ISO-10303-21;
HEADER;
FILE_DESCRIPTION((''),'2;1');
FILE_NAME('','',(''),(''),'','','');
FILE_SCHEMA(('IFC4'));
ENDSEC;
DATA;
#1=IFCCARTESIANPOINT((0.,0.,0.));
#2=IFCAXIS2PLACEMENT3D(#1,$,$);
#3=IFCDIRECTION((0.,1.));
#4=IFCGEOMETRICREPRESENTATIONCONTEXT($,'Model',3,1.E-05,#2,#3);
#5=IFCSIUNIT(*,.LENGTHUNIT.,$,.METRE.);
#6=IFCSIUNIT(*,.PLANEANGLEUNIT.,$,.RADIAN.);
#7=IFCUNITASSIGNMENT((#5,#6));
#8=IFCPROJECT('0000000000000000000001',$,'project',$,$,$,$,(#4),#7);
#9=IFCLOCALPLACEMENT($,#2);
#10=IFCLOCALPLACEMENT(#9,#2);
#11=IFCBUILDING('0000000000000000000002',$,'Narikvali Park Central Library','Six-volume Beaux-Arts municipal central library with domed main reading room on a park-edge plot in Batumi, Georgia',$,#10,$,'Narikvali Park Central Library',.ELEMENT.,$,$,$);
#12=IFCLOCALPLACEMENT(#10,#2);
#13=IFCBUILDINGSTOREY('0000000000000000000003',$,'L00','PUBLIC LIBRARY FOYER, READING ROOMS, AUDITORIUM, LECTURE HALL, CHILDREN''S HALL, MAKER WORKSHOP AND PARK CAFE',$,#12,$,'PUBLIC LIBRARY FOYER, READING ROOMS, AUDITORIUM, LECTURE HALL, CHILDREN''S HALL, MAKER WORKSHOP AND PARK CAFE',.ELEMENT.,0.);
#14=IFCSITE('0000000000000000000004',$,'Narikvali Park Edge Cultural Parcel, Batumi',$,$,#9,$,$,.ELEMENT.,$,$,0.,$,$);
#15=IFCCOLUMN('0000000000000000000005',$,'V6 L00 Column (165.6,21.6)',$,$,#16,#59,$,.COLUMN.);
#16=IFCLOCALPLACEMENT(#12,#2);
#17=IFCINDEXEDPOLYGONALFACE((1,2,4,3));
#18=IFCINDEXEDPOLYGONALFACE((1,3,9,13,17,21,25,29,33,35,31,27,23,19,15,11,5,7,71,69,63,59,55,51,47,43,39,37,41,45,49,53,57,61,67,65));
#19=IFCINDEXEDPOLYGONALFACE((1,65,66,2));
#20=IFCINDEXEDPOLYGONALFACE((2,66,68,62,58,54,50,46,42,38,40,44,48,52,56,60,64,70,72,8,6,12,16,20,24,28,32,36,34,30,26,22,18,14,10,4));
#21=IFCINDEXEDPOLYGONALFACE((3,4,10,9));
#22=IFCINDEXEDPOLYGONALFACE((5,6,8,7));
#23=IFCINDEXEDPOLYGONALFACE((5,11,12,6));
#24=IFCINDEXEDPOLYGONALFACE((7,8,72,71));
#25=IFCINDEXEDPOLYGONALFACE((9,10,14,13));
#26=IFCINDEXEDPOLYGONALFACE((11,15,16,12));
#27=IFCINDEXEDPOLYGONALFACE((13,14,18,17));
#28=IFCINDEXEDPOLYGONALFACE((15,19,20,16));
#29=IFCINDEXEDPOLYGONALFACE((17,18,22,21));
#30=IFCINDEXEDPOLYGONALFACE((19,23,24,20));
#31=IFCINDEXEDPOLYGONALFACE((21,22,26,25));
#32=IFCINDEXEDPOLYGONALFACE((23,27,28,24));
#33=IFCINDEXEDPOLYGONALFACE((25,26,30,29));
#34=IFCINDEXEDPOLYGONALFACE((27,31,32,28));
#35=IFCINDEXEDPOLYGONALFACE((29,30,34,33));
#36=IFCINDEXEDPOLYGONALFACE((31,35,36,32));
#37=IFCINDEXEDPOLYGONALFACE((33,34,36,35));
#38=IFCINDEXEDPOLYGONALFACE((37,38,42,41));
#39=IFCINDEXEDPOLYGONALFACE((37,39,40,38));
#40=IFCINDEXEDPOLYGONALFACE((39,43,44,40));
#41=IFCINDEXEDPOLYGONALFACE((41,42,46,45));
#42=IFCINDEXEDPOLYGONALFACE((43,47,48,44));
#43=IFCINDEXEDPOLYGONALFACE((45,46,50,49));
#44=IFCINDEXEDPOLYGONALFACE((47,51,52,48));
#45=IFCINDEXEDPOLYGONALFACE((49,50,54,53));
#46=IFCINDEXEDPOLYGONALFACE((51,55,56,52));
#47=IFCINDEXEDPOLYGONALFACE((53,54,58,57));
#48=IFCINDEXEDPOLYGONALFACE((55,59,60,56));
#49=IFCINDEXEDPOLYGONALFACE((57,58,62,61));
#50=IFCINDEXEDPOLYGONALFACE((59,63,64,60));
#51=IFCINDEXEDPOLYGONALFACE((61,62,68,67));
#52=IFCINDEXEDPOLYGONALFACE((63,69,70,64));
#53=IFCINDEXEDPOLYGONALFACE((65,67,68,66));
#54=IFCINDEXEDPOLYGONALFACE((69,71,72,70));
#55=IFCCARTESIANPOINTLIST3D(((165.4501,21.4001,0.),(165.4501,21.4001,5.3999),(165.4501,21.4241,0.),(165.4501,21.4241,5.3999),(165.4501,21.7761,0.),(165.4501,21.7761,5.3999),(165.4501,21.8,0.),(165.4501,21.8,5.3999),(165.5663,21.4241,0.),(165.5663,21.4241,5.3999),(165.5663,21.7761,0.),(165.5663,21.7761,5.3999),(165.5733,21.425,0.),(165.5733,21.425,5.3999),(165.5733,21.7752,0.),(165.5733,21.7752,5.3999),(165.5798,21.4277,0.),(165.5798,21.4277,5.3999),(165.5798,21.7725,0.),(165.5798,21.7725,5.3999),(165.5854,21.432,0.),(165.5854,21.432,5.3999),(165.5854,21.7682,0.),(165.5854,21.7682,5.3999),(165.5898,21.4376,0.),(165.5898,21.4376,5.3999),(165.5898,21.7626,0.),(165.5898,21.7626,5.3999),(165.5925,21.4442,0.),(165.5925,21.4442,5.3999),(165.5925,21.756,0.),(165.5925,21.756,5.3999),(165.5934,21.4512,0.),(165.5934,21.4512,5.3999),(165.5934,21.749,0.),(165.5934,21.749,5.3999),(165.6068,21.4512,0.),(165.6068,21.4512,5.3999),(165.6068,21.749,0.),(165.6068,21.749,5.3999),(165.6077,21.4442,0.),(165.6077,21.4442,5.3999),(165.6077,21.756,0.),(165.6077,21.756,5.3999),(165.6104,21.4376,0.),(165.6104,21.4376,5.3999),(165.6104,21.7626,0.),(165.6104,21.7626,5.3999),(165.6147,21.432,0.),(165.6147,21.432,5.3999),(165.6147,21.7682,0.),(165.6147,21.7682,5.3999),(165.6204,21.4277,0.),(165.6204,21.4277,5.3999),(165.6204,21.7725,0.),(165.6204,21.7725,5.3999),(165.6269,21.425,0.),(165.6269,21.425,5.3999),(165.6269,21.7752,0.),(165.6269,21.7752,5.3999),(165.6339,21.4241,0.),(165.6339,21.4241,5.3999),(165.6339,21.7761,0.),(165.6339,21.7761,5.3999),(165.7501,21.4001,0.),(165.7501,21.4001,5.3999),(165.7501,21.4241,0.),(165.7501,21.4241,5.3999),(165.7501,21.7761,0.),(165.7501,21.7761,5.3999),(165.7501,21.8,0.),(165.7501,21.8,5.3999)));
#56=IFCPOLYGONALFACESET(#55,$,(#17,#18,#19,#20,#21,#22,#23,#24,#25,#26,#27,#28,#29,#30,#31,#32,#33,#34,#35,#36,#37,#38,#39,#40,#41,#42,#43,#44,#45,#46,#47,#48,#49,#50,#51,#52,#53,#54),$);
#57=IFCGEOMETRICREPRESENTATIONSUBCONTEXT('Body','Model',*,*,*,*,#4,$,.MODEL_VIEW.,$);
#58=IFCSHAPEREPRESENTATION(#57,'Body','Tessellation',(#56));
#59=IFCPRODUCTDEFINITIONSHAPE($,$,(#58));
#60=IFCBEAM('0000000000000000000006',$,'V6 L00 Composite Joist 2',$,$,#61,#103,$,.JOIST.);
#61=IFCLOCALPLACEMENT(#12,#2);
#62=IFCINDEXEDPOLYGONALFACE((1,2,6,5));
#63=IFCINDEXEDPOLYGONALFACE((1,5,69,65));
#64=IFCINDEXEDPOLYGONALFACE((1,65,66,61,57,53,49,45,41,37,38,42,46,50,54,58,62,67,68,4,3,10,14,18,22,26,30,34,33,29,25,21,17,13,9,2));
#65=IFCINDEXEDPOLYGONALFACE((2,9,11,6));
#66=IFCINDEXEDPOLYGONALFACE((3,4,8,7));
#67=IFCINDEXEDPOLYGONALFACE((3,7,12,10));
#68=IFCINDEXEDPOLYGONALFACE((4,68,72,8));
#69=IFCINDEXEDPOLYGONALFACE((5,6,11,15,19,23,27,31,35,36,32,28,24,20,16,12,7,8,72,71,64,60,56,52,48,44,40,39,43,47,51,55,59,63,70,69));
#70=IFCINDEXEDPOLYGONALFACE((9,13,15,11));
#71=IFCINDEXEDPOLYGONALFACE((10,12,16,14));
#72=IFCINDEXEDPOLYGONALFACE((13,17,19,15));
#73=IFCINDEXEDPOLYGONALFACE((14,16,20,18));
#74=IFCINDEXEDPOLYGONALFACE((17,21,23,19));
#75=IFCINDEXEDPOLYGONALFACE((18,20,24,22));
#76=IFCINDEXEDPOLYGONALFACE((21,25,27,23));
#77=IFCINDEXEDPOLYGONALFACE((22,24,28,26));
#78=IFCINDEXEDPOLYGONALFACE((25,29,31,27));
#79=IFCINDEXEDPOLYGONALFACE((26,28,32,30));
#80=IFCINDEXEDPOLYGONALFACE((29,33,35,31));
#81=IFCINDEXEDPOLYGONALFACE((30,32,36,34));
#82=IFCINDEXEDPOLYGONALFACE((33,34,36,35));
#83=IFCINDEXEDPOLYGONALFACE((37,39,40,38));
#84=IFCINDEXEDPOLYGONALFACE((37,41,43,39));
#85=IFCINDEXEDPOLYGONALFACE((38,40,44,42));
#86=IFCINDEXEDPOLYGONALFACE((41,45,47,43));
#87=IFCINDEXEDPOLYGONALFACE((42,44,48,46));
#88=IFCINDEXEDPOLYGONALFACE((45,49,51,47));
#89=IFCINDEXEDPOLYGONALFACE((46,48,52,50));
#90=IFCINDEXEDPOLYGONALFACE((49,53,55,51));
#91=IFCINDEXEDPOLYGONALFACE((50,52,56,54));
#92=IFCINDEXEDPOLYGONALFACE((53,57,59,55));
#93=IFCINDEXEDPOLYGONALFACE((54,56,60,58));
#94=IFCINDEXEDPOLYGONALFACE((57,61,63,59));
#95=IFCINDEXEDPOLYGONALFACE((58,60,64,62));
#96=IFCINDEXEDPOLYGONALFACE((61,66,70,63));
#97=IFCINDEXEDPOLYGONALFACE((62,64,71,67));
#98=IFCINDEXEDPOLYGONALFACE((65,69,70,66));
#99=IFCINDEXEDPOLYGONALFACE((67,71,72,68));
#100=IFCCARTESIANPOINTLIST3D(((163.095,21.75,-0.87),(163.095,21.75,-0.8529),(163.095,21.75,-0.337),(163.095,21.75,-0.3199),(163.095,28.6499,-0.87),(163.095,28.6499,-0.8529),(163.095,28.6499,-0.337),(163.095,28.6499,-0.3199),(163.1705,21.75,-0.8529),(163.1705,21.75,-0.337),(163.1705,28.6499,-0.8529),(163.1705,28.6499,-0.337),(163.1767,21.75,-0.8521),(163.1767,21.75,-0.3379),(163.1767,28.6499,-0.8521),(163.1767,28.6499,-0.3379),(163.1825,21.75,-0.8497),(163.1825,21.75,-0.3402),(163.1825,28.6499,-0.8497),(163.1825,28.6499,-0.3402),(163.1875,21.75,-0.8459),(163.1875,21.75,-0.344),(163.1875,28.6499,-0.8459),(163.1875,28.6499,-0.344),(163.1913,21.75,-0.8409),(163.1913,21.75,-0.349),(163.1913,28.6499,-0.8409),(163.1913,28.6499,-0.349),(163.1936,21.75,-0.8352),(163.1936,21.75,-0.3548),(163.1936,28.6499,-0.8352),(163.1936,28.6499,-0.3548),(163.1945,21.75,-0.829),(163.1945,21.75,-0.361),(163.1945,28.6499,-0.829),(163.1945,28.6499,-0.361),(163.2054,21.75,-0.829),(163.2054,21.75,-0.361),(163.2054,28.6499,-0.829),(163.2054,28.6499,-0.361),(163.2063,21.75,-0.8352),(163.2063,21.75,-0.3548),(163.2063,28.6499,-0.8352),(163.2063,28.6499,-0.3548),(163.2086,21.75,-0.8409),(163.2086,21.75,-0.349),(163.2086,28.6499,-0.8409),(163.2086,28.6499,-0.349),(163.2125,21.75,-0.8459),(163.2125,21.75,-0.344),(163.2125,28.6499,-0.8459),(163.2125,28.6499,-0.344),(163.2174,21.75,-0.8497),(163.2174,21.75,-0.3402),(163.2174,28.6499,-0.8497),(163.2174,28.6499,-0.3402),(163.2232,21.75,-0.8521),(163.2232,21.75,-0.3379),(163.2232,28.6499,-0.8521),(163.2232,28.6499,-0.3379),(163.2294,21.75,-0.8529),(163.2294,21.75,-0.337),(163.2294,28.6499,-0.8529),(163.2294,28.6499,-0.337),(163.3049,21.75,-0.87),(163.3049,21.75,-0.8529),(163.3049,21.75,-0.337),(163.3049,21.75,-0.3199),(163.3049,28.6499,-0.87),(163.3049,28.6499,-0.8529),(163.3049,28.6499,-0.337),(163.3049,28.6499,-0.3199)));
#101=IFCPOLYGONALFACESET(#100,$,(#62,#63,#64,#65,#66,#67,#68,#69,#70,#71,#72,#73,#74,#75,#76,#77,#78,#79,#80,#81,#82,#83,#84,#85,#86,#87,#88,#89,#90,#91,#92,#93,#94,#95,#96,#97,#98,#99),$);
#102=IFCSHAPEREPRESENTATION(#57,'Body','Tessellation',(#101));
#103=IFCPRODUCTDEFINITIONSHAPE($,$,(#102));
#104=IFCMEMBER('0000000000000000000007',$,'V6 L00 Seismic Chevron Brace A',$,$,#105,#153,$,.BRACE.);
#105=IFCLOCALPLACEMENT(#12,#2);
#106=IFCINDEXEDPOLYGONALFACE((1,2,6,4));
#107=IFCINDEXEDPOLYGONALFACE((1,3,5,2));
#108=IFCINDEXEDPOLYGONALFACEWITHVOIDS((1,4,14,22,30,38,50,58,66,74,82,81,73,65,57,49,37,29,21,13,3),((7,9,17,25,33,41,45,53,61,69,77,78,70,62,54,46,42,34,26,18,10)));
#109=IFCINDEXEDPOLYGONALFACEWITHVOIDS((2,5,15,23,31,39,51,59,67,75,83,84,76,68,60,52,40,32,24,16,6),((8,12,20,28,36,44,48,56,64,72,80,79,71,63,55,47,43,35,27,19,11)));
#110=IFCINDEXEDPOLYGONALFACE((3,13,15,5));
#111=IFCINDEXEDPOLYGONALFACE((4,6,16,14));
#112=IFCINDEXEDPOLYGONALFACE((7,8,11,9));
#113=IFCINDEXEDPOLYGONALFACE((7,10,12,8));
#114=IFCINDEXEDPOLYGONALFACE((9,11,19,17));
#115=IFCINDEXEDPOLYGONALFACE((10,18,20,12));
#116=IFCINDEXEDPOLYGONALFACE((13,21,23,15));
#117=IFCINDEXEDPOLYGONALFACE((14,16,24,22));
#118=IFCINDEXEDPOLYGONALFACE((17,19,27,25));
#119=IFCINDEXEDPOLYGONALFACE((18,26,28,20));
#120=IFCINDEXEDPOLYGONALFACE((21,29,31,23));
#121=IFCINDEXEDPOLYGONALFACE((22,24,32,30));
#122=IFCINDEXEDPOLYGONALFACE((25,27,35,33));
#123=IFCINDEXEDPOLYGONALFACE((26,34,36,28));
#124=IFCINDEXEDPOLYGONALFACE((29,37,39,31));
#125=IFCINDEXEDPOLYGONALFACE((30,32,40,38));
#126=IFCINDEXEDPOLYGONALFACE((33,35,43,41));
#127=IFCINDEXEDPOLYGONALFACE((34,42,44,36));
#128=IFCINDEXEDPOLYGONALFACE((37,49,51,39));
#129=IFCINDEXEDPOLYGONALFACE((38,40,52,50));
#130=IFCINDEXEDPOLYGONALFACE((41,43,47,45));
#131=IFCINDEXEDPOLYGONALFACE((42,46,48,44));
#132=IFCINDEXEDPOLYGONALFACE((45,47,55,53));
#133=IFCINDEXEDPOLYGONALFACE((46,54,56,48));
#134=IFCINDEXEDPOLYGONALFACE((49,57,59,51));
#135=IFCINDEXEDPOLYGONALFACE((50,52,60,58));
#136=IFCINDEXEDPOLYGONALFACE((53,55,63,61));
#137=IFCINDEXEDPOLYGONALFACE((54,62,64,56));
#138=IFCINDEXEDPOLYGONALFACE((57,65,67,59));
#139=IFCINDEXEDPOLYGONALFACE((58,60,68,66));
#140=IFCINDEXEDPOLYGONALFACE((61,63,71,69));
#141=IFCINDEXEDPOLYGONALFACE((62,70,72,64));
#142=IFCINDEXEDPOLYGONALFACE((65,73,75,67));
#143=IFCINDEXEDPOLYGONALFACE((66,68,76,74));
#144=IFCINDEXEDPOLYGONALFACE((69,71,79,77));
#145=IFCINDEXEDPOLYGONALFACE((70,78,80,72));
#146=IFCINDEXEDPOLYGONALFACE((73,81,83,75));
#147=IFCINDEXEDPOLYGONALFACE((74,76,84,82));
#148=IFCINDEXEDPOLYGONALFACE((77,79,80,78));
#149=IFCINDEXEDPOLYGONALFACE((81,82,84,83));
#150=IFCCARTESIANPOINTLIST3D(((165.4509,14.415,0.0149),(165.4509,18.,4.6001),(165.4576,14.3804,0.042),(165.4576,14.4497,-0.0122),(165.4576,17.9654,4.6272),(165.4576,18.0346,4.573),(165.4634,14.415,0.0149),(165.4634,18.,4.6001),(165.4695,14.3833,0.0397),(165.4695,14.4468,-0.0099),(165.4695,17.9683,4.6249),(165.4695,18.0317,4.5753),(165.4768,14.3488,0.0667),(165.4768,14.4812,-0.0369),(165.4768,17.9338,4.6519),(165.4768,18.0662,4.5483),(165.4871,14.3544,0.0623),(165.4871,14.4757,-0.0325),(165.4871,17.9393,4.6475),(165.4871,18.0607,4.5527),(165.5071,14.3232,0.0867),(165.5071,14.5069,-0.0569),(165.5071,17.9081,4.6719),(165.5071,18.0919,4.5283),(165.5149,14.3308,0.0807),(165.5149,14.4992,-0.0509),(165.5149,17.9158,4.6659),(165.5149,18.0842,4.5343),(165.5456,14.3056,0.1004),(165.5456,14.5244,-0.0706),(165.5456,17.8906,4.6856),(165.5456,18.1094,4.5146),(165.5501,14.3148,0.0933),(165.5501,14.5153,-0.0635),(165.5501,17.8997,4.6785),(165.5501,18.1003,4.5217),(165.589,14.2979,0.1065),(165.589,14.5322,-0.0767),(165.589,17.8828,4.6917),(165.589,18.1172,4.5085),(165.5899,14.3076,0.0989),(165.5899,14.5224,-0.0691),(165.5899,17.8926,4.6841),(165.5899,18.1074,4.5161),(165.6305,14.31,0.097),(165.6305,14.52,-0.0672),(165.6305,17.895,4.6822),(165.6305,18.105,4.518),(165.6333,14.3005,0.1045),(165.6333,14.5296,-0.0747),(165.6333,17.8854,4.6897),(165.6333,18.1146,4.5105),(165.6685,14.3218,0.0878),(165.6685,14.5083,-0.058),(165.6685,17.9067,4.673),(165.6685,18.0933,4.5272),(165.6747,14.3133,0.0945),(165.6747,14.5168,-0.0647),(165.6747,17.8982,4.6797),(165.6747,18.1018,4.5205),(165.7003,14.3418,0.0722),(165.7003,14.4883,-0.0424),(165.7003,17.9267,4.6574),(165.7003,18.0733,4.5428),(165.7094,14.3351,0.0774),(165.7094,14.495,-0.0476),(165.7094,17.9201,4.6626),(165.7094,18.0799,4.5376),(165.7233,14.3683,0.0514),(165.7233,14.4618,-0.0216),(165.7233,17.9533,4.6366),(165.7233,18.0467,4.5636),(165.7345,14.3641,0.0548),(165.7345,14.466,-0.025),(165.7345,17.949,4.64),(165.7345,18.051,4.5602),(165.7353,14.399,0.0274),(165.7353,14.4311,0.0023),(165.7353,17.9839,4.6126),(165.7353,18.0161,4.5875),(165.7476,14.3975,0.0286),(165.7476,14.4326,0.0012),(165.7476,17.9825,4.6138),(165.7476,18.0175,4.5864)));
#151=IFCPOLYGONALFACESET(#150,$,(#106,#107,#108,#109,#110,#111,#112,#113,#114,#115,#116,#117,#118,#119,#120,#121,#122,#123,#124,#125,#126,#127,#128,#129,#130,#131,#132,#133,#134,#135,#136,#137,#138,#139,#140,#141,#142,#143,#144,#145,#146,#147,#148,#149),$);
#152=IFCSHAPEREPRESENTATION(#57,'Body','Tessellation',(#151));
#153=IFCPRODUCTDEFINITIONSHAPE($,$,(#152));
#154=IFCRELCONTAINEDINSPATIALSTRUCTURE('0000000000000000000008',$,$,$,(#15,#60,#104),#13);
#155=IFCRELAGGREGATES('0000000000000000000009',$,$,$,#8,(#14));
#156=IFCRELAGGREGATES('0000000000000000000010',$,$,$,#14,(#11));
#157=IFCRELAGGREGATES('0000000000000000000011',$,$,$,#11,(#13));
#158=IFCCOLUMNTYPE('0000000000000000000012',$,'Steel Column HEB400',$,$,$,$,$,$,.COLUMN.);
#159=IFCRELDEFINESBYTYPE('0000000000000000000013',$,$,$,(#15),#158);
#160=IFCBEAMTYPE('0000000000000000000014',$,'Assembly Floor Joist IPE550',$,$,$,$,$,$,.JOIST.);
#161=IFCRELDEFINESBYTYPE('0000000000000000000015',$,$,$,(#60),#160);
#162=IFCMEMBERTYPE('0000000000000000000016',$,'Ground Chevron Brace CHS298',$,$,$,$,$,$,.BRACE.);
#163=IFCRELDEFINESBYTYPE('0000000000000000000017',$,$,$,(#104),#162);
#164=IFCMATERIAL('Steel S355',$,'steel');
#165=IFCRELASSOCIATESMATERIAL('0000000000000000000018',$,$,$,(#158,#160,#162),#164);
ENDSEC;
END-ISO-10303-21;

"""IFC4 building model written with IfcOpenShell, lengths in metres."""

from ifc_helpers import new_model, si_unit, direction, frame, origin, origin_2d, place, context, subcontext, project, spatial, hollow_circle, i_section, extrude, material, material_profile, profile_set, type_object, element, save


model = new_model("IFC4")

# Units and contexts
model_context = context("Model", 3, precision=1e-05, world=origin(), true_north=direction((0.0, 1.0)))
body_context = subcontext(model_context, "Body", "Model", "MODEL_VIEW")
ifc_project = project(units=[si_unit("LENGTHUNIT", "METRE"), si_unit("PLANEANGLEUNIT", "RADIAN")], contexts=[model_context])

# Site, building, storey
site_placement = place(None, origin())
site = spatial("IfcSite", under=ifc_project, at=site_placement, Name="Narikvali Park Edge Cultural Parcel, Batumi", CompositionType="ELEMENT", RefElevation=0.0)
building_placement = place(site_placement, origin())
building = spatial("IfcBuilding", under=site, at=building_placement, Name="Narikvali Park Central Library", Description="Six-volume Beaux-Arts municipal central library with domed main reading room on a park-edge plot in Batumi, Georgia", LongName="Narikvali Park Central Library", CompositionType="ELEMENT")
storey_placement = place(building_placement, origin())
storey = spatial("IfcBuildingStorey", under=building, at=storey_placement, Name="L00", Description="PUBLIC LIBRARY FOYER, READING ROOMS, AUDITORIUM, LECTURE HALL, CHILDREN'S HALL, MAKER WORKSHOP AND PARK CAFE", LongName="PUBLIC LIBRARY FOYER, READING ROOMS, AUDITORIUM, LECTURE HALL, CHILDREN'S HALL, MAKER WORKSHOP AND PARK CAFE", CompositionType="ELEMENT", Elevation=0.0)

# Column
ifc_material_1 = material(Name="Steel S355", Category="steel")
ifc_material_profile_1 = material_profile(ifc_material_1, i_section(OverallWidth=0.3, OverallDepth=0.3999, WebThickness=0.0134, FlangeThickness=0.0239, FilletRadius=0.0271, at=origin_2d()), Name="HEB 400")
ifc_profile_set_1 = profile_set([ifc_material_profile_1], Name="Steel S355")
column_type = type_object("IfcColumnType", Name="Steel Column HEB400", PredefinedType="COLUMN", material=ifc_profile_set_1)
column_placement = place(storey_placement, frame((165.6001, 21.6001, 0.0), z_axis=(0.0, 0.0, 1.0), x_axis=(1.0, 0.0, 0.0)))
element("IfcColumn", 1, at=column_placement, inside=storey, type_object=column_type, Name="V6 L00 Column (165.6,21.6)", PredefinedType="COLUMN", context=body_context, shape_type="SweptSolid", body=[
    extrude(i_section(OverallWidth=0.3, OverallDepth=0.3999, WebThickness=0.0134, FlangeThickness=0.0239, FilletRadius=0.0271, at=origin_2d()), origin(), (0.0, 0.0, 1.0), 5.3999),
])

# Beam
ifc_material_profile_2 = material_profile(ifc_material_1, i_section(OverallWidth=0.21, OverallDepth=0.55, WebThickness=0.011, FlangeThickness=0.0171, FilletRadius=0.0239, at=origin_2d()), Name="IPE 550")
ifc_profile_set_2 = profile_set([ifc_material_profile_2], Name="Steel S355")
beam_type_1 = type_object("IfcBeamType", Name="Assembly Floor Joist IPE550", PredefinedType="JOIST", material=ifc_profile_set_2)
beam_1_placement = place(storey_placement, frame((163.2, 21.75, -0.595), z_axis=(0.0, 1.0, 0.0), x_axis=(-1.0, 0.0, 0.0)))
element("IfcBeam", 2, at=beam_1_placement, inside=storey, type_object=beam_type_1, Name="V6 L00 Composite Joist 2", PredefinedType="JOIST", context=body_context, shape_type="SweptSolid", body=[
    extrude(i_section(OverallWidth=0.21, OverallDepth=0.55, WebThickness=0.011, FlangeThickness=0.0171, FilletRadius=0.0239, at=origin_2d()), origin(), (0.0, 0.0, 1.0), 6.8999),
])

# Member
ifc_material_profile_3 = material_profile(ifc_material_1, hollow_circle(Radius=0.1492, WallThickness=0.0125, at=origin_2d()), Name="CHS 298.5x12.5")
ifc_profile_set_3 = profile_set([ifc_material_profile_3], Name="Steel S355")
member_type = type_object("IfcMemberType", Name="Ground Chevron Brace CHS298", PredefinedType="BRACE", material=ifc_profile_set_3)
for number, where, z_axis, x_axis, name in (
    (3, (165.6001, 14.415, 0.0149), (0.0, 0.615939, 0.787793), (-1.0, 0.0, 0.0), "V6 L00 Seismic Chevron Brace A"),
):
    element("IfcMember", number, at=place(storey_placement, frame(where, z_axis=z_axis, x_axis=x_axis)), inside=storey, type_object=member_type, Name=name, PredefinedType="BRACE", context=body_context, shape_type="SweptSolid", body=[
        extrude(hollow_circle(Radius=0.1492, WallThickness=0.0125, at=origin_2d()), origin(), (0.0, 0.0, 1.0), 5.8203),
    ])

save(model, "model.ifc")
